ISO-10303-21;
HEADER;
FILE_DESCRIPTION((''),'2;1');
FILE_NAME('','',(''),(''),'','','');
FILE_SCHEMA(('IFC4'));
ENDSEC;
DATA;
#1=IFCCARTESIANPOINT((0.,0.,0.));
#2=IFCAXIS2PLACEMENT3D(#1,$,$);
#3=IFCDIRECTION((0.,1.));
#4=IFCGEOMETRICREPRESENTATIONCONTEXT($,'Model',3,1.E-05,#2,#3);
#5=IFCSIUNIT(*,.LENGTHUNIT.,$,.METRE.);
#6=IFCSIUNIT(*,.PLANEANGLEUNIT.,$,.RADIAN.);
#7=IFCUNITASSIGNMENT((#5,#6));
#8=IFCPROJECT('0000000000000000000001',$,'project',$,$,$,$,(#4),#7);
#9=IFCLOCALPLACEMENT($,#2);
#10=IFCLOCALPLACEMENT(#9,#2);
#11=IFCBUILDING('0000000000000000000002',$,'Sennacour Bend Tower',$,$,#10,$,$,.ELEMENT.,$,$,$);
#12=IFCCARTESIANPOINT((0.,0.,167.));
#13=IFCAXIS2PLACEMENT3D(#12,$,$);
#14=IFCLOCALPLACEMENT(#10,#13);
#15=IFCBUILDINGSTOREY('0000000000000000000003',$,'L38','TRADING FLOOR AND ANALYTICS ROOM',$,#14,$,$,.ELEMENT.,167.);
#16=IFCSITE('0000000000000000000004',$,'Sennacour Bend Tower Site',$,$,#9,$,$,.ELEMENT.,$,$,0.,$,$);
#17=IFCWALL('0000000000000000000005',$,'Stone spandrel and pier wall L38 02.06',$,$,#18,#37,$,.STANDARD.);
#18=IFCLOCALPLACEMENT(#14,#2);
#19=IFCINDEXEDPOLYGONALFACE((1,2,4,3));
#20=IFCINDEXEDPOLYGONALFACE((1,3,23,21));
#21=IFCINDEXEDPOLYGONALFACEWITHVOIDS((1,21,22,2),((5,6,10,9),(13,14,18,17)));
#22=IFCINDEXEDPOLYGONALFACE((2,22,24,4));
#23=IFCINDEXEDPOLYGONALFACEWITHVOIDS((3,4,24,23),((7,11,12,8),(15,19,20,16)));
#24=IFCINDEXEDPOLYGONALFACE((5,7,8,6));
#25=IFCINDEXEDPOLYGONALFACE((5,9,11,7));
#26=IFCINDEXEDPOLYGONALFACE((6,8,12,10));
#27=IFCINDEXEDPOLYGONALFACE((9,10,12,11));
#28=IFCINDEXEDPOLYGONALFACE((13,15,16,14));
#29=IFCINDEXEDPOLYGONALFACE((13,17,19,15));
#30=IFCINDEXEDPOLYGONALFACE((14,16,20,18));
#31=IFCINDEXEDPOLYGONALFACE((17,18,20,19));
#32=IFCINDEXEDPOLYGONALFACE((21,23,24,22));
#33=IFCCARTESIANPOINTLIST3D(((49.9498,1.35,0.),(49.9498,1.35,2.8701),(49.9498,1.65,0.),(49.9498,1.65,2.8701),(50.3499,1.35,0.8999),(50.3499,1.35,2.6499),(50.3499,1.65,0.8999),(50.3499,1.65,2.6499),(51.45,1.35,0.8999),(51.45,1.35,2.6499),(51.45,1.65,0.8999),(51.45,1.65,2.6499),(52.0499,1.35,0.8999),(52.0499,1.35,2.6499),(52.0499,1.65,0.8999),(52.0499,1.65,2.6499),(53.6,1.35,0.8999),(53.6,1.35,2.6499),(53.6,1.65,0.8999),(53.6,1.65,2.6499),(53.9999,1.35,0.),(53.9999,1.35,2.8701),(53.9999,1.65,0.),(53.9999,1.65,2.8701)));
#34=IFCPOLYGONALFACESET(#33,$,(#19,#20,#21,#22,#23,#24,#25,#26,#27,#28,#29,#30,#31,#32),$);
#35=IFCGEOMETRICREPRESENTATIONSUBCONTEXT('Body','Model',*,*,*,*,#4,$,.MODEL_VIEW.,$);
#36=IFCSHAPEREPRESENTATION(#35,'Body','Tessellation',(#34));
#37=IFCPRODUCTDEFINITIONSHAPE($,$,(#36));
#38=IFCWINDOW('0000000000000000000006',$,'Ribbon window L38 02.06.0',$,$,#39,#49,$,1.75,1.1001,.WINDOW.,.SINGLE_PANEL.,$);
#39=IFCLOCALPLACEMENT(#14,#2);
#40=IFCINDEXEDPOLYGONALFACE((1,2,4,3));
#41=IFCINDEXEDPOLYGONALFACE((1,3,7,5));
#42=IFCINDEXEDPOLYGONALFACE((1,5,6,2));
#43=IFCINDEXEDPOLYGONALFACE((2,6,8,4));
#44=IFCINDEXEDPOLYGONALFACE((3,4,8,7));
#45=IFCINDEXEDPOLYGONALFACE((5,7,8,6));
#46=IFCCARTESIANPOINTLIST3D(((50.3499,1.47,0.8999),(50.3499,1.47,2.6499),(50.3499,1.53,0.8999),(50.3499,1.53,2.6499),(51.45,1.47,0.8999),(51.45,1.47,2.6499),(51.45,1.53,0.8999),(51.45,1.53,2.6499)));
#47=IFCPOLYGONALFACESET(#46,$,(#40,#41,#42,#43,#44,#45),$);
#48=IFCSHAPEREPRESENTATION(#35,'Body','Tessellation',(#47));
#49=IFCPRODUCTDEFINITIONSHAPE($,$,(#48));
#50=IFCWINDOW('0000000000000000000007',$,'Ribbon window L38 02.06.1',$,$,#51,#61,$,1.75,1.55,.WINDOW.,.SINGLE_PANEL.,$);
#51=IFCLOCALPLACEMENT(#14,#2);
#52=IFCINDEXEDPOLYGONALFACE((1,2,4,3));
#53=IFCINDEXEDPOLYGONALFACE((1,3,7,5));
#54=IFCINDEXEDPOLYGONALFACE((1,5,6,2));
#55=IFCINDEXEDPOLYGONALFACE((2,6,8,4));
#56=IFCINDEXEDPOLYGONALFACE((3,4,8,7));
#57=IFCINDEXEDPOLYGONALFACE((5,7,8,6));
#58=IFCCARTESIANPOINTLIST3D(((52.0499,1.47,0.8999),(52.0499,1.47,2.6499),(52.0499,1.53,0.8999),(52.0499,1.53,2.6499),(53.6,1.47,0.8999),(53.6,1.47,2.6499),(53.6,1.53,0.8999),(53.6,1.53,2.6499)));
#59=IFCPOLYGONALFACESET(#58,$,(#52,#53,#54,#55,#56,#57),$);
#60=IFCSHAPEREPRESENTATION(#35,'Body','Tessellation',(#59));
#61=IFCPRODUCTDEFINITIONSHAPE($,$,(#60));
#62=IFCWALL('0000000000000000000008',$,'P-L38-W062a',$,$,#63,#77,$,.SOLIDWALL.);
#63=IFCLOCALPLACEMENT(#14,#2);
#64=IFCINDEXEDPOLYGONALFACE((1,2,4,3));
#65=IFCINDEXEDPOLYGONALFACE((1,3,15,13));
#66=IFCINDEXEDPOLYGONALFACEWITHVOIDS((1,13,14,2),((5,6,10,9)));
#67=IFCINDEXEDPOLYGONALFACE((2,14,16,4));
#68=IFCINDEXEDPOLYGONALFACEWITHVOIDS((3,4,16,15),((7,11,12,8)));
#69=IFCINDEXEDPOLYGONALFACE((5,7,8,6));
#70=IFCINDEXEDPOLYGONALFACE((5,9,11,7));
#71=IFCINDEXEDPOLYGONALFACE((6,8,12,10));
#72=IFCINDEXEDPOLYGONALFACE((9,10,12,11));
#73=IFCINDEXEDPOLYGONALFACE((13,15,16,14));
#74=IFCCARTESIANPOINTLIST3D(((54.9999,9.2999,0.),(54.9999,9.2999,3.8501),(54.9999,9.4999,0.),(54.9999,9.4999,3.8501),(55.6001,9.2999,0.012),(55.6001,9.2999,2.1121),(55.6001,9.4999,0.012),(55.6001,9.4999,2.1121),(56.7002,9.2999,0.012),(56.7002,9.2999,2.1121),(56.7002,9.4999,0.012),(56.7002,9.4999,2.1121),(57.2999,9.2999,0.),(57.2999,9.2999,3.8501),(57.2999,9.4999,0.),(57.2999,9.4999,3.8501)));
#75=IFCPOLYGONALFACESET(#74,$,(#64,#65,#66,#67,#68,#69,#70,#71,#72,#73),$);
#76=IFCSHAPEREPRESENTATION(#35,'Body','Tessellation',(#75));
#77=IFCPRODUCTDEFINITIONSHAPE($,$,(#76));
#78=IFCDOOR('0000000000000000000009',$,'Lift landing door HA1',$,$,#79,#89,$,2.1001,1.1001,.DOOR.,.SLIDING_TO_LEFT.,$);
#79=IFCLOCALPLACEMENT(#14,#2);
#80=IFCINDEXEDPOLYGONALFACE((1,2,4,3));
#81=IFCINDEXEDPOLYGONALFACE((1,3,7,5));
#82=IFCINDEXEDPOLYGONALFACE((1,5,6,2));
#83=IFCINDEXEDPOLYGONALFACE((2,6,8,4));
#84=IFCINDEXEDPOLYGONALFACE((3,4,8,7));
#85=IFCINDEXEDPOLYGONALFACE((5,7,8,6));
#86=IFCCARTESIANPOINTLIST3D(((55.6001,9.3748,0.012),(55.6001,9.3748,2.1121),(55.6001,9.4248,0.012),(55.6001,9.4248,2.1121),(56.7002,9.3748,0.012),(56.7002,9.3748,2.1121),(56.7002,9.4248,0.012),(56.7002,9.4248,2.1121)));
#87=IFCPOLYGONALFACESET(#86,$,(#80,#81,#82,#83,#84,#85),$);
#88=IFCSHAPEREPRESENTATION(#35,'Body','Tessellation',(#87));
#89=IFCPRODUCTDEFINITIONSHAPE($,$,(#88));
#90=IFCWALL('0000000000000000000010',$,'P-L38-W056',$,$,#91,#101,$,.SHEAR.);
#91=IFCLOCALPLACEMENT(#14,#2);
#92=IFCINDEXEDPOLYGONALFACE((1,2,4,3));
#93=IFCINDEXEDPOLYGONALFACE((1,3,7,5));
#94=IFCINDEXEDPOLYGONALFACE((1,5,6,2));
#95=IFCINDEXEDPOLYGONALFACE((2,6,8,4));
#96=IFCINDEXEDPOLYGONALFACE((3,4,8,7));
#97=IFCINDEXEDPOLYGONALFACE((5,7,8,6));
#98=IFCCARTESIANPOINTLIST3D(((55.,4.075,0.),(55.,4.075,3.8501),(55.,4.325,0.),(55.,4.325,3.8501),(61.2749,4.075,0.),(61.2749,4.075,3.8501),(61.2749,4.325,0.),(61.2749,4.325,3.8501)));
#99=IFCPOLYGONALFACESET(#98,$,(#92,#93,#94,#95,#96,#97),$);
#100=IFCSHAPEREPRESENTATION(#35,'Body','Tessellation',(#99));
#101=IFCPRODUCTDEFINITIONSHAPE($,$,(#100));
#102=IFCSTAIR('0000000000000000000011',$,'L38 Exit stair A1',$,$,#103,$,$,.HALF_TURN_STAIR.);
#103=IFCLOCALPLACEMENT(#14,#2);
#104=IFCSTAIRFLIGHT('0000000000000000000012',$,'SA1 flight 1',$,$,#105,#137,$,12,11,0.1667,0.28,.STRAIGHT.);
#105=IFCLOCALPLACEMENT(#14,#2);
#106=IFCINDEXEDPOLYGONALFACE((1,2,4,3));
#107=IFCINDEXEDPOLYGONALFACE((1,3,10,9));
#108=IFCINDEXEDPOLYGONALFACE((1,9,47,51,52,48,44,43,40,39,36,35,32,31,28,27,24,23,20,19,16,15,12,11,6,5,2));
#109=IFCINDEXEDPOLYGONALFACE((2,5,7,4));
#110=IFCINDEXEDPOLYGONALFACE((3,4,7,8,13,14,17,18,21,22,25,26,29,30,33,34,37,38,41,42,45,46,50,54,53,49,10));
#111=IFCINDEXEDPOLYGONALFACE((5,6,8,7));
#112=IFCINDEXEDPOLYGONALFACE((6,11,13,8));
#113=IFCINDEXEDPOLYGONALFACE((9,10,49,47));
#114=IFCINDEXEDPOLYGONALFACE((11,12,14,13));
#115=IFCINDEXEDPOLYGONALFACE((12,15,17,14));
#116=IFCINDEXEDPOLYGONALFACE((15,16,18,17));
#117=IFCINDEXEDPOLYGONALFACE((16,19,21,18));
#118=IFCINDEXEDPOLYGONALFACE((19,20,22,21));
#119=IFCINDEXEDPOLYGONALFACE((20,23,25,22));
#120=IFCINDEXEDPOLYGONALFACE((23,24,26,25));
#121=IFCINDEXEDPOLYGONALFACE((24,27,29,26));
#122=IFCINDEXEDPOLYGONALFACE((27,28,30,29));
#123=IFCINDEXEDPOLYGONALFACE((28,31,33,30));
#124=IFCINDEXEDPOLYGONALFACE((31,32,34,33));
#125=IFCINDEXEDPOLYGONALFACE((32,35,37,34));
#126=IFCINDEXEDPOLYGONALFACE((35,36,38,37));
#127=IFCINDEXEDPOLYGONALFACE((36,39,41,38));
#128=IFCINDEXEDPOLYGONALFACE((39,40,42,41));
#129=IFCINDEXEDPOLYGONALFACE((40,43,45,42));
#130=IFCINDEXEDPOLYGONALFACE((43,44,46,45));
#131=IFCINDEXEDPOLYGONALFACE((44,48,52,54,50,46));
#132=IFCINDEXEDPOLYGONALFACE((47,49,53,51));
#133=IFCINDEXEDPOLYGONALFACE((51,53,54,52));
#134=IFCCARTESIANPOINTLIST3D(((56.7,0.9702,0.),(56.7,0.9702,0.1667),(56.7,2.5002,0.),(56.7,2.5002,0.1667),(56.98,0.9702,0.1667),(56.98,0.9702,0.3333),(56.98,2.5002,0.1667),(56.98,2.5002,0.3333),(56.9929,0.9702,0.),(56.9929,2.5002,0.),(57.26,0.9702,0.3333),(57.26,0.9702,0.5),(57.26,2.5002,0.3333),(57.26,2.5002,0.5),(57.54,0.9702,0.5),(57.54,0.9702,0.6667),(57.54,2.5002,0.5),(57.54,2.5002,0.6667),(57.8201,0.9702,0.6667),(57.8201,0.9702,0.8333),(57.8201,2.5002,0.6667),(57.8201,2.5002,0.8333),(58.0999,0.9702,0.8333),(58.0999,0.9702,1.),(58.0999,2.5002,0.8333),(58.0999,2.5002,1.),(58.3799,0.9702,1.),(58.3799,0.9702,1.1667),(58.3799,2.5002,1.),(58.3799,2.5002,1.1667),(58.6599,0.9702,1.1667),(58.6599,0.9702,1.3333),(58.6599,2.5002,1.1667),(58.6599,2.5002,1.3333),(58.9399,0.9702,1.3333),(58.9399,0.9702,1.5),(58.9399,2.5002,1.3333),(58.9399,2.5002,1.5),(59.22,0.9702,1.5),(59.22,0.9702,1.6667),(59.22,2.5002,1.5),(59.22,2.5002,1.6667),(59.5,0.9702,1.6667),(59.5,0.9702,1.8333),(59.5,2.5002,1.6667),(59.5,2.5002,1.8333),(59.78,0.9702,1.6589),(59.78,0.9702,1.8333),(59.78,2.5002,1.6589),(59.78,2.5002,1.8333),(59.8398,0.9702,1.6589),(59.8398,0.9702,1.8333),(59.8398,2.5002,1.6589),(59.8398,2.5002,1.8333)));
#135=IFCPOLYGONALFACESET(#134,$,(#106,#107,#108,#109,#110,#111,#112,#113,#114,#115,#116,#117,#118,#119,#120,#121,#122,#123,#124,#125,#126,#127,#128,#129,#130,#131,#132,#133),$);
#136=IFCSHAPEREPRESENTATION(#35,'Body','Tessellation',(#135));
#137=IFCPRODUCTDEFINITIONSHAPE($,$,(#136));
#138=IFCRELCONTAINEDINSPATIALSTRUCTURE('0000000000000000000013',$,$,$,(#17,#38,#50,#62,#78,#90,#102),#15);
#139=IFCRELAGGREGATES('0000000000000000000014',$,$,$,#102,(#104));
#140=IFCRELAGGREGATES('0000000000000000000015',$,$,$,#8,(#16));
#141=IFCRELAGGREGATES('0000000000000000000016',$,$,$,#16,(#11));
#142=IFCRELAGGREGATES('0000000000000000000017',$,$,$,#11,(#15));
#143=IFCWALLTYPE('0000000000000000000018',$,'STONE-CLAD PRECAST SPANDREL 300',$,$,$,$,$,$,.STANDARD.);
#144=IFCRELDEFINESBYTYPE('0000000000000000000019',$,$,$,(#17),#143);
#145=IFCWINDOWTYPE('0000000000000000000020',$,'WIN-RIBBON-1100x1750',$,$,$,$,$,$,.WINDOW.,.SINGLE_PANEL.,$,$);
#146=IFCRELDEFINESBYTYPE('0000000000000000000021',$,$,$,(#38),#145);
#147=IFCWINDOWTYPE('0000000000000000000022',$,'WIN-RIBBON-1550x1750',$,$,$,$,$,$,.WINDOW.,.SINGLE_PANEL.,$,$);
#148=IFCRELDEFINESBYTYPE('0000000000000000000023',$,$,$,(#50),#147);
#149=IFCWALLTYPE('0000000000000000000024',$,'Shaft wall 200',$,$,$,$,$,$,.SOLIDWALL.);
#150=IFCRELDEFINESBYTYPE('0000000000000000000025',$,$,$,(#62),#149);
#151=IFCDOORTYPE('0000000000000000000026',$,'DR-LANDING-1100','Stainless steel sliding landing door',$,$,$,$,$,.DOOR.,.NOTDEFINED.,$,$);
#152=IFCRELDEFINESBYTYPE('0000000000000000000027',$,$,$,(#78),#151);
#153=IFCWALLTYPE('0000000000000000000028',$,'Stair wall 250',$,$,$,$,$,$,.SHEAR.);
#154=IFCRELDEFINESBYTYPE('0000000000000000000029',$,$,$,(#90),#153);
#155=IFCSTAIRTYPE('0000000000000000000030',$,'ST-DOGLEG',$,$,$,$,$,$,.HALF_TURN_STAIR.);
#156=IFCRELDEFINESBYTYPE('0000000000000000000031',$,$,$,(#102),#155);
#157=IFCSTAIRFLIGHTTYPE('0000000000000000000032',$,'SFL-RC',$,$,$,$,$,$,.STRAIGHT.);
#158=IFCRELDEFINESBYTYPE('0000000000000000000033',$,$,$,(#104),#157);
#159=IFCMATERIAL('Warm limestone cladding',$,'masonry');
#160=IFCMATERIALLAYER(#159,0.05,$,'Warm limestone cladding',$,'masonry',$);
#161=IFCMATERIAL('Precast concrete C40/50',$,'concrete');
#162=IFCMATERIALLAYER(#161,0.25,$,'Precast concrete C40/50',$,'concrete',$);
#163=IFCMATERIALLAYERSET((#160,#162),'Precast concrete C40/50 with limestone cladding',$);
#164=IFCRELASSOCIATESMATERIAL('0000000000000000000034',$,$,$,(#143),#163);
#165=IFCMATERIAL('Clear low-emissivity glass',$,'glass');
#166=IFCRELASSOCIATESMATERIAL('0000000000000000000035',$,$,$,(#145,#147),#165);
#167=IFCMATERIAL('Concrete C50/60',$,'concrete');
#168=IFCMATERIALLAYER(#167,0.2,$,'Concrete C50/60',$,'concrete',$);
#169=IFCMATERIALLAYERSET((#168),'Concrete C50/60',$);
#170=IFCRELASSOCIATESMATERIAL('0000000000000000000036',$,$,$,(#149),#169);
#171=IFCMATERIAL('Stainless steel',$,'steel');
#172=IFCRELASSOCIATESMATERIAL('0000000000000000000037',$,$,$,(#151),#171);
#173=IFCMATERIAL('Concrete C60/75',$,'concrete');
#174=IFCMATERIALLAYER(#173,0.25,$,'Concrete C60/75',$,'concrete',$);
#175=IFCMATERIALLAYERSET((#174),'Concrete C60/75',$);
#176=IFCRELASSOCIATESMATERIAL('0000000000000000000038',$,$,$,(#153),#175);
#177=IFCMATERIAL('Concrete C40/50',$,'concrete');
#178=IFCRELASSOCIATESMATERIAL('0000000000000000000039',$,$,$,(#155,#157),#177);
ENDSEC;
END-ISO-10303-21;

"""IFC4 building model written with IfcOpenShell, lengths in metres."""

from ifc_helpers import new_model, si_unit, direction, frame, frame_2d, origin, place, context, subcontext, project, spatial, polyline, rectangle, outline, extrude, material, layer, layer_set, type_object, element, fill, aggregate, save


model = new_model("IFC4")

# Units and contexts
model_context = context("Model", 3, precision=1e-05, world=origin(), true_north=direction((0.0, 1.0)))
body_context = subcontext(model_context, "Body", "Model", "MODEL_VIEW")
ifc_project = project(units=[si_unit("LENGTHUNIT", "METRE"), si_unit("PLANEANGLEUNIT", "RADIAN")], contexts=[model_context])

# Site, building, storey
site_placement = place(None, origin())
site = spatial("IfcSite", under=ifc_project, at=site_placement, Name="Sennacour Bend Tower Site", CompositionType="ELEMENT", RefElevation=0.0)
building_placement = place(site_placement, origin())
building = spatial("IfcBuilding", under=site, at=building_placement, Name="Sennacour Bend Tower", CompositionType="ELEMENT")
storey_placement = place(building_placement, frame((0.0, 0.0, 167.0)))
storey = spatial("IfcBuildingStorey", under=building, at=storey_placement, Name="L38", Description="TRADING FLOOR AND ANALYTICS ROOM", CompositionType="ELEMENT", Elevation=167.0)

# Shared definitions
ifc_material_1 = material(Name="Concrete C60/75", Category="concrete")

# Wall, openings, windows
ifc_material_2 = material(Name="Warm limestone cladding", Category="masonry")
ifc_layer_1 = layer(ifc_material_2, 0.05, Name="Warm limestone cladding", Category="masonry")
ifc_material_3 = material(Name="Precast concrete C40/50", Category="concrete")
ifc_layer_2 = layer(ifc_material_3, 0.25, Name="Precast concrete C40/50", Category="concrete")
ifc_layer_set_1 = layer_set([ifc_layer_1, ifc_layer_2], Name="Precast concrete C40/50 with limestone cladding")
wall_type_1 = type_object("IfcWallType", Name="STONE-CLAD PRECAST SPANDREL 300", PredefinedType="STANDARD", material=ifc_layer_set_1)
wall_1_placement = place(storey_placement, frame((49.95, 1.5, 0.0), z_axis=(0.0, 0.0, 1.0), x_axis=(1.0, 0.0, 0.0)))
wall_1 = element("IfcWall", 1, at=wall_1_placement, inside=storey, type_object=wall_type_1, Name="Stone spandrel and pier wall L38 02.06", PredefinedType="STANDARD", context=body_context, shape_type="SweptSolid", body=[
    extrude(rectangle(XDim=4.05, YDim=0.3, at=frame_2d((2.0249, 0.0))), origin(), (0.0, 0.0, 1.0), 2.8701),
])
opening_1_placement = place(wall_1_placement, frame((0.3999, 0.0, 0.8999)))
opening_1 = element("IfcOpeningElement", 2, at=opening_1_placement, cuts=wall_1, PredefinedType="OPENING", context=body_context, shape_type="SweptSolid", body=[
    extrude(rectangle(XDim=1.1001, YDim=1.75, at=frame_2d((0.55, 0.875))), frame((0.0, 0.1602, 0.0), z_axis=(0.0, -1.0, 0.0), x_axis=(1.0, 0.0, 0.0)), (0.0, 0.0, 1.0), 0.3201),
])
opening_2_placement = place(wall_1_placement, frame((2.1001, 0.0, 0.8999)))
opening_2 = element("IfcOpeningElement", 3, at=opening_2_placement, cuts=wall_1, PredefinedType="OPENING", context=body_context, shape_type="SweptSolid", body=[
    extrude(rectangle(XDim=1.55, YDim=1.75, at=frame_2d((0.7749, 0.875))), frame((0.0, 0.1602, 0.0), z_axis=(0.0, -1.0, 0.0), x_axis=(1.0, 0.0, 0.0)), (0.0, 0.0, 1.0), 0.3201),
])
ifc_material_4 = material(Name="Clear low-emissivity glass", Category="glass")
window_type_1 = type_object("IfcWindowType", Name="WIN-RIBBON-1100x1750", PartitioningType="SINGLE_PANEL", PredefinedType="WINDOW", material=ifc_material_4)
window_1_placement = place(opening_1_placement, origin())
window_1 = element("IfcWindow", 4, at=window_1_placement, inside=storey, type_object=window_type_1, Name="Ribbon window L38 02.06.0", OverallHeight=1.75, OverallWidth=1.1001, PartitioningType="SINGLE_PANEL", PredefinedType="WINDOW", context=body_context, shape_type="SweptSolid", body=[
    extrude(rectangle(XDim=1.1001, YDim=1.75, at=frame_2d((0.55, 0.875))), frame((0.0, 0.03, 0.0), z_axis=(0.0, -1.0, 0.0), x_axis=(1.0, 0.0, 0.0)), (0.0, 0.0, 1.0), 0.0601),
])
fill(opening_1, window_1)
window_type_2 = type_object("IfcWindowType", Name="WIN-RIBBON-1550x1750", PartitioningType="SINGLE_PANEL", PredefinedType="WINDOW", material=ifc_material_4)
window_2_placement = place(opening_2_placement, origin())
window_2 = element("IfcWindow", 5, at=window_2_placement, inside=storey, type_object=window_type_2, Name="Ribbon window L38 02.06.1", OverallHeight=1.75, OverallWidth=1.55, PartitioningType="SINGLE_PANEL", PredefinedType="WINDOW", context=body_context, shape_type="SweptSolid", body=[
    extrude(rectangle(XDim=1.55, YDim=1.75, at=frame_2d((0.7749, 0.875))), frame((0.0, 0.03, 0.0), z_axis=(0.0, -1.0, 0.0), x_axis=(1.0, 0.0, 0.0)), (0.0, 0.0, 1.0), 0.0601),
])
fill(opening_2, window_2)

# Wall, opening, door
ifc_material_5 = material(Name="Concrete C50/60", Category="concrete")
ifc_layer_3 = layer(ifc_material_5, 0.2, Name="Concrete C50/60", Category="concrete")
ifc_layer_set_2 = layer_set([ifc_layer_3], Name="Concrete C50/60")
wall_type_2 = type_object("IfcWallType", Name="Shaft wall 200", PredefinedType="SOLIDWALL", material=ifc_layer_set_2)
wall_2_placement = place(storey_placement, frame((55.0, 9.3999, 0.0), z_axis=(0.0, 0.0, 1.0), x_axis=(1.0, 0.0, 0.0)))
wall_2 = element("IfcWall", 6, at=wall_2_placement, inside=storey, type_object=wall_type_2, Name="P-L38-W062a", PredefinedType="SOLIDWALL", context=body_context, shape_type="SweptSolid", body=[
    extrude(rectangle(XDim=2.3, YDim=0.2, at=frame_2d((1.1499, 0.0))), origin(), (0.0, 0.0, 1.0), 3.8501),
])
opening_3_placement = place(wall_2_placement, frame((0.6001, 0.0, 0.012)))
opening_3 = element("IfcOpeningElement", 7, at=opening_3_placement, cuts=wall_2, PredefinedType="OPENING", context=body_context, shape_type="SweptSolid", body=[
    extrude(rectangle(XDim=1.1001, YDim=2.1001, at=frame_2d((0.55, 1.05))), frame((0.0, 0.1099, 0.0), z_axis=(0.0, -1.0, 0.0), x_axis=(1.0, 0.0, 0.0)), (0.0, 0.0, 1.0), 0.22),
])
ifc_material_6 = material(Name="Stainless steel", Category="steel")
door_type_1 = type_object("IfcDoorType", Name="DR-LANDING-1100", Description="Stainless steel sliding landing door", OperationType="NOTDEFINED", PredefinedType="DOOR", material=ifc_material_6)
door_1_placement = place(opening_3_placement, origin())
door_1 = element("IfcDoor", 8, at=door_1_placement, inside=storey, type_object=door_type_1, Name="Lift landing door HA1", OperationType="SLIDING_TO_LEFT", OverallHeight=2.1001, OverallWidth=1.1001, PredefinedType="DOOR", context=body_context, shape_type="SweptSolid", body=[
    extrude(rectangle(XDim=1.1001, YDim=2.1001, at=frame_2d((0.55, 1.05))), frame((0.0, 0.0249, 0.0), z_axis=(0.0, -1.0, 0.0), x_axis=(1.0, 0.0, 0.0)), (0.0, 0.0, 1.0), 0.05),
])
fill(opening_3, door_1)

# Wall
ifc_layer_4 = layer(ifc_material_1, 0.25, Name="Concrete C60/75", Category="concrete")
ifc_layer_set_3 = layer_set([ifc_layer_4], Name="Concrete C60/75")
wall_type_3 = type_object("IfcWallType", Name="Stair wall 250", PredefinedType="SHEAR", material=ifc_layer_set_3)
wall_3_placement = place(storey_placement, frame((55.0, 4.2, 0.0), z_axis=(0.0, 0.0, 1.0), x_axis=(1.0, 0.0, 0.0)))
element("IfcWall", 9, at=wall_3_placement, inside=storey, type_object=wall_type_3, Name="P-L38-W056", PredefinedType="SHEAR", context=body_context, shape_type="SweptSolid", body=[
    extrude(rectangle(XDim=6.2749, YDim=0.25, at=frame_2d((3.1375, 0.0))), origin(), (0.0, 0.0, 1.0), 3.8501),
])

# Stair, stair flight
ifc_material_7 = material(Name="Concrete C40/50", Category="concrete")
stair_type = type_object("IfcStairType", Name="ST-DOGLEG", PredefinedType="HALF_TURN_STAIR", material=ifc_material_7)
stair_placement = place(storey_placement, origin())
stair = element("IfcStair", 10, at=stair_placement, inside=storey, type_object=stair_type, Name="L38 Exit stair A1", PredefinedType="HALF_TURN_STAIR")
stair_flight_type = type_object("IfcStairFlightType", Name="SFL-RC", PredefinedType="STRAIGHT", material=ifc_material_7)
stair_flight_placement = place(storey_placement, frame((56.7, 1.7351, 0.0), z_axis=(0.0, 0.0, 1.0), x_axis=(1.0, 0.0, 0.0)))
stair_flight = element("IfcStairFlight", 11, at=stair_flight_placement, type_object=stair_flight_type, Name="SA1 flight 1", NumberOfRisers=12, NumberOfTreads=11, PredefinedType="STRAIGHT", RiserHeight=0.1667, TreadLength=0.28, context=body_context, shape_type="SweptSolid", body=[
    extrude(outline(polyline([(0.0, 0.0), (0.0, 0.1667), (0.28, 0.1667), (0.28, 0.3333), (0.5601, 0.3333), (0.5601, 0.5), (0.8401, 0.5), (0.8401, 0.6667), (1.1201, 0.6667), (1.1201, 0.8333), (1.3999, 0.8333), (1.3999, 1.0), (1.6799, 1.0), (1.6799, 1.1667), (1.96, 1.1667), (1.96, 1.3333), (2.24, 1.3333), (2.24, 1.5), (2.52, 1.5), (2.52, 1.6667), (2.8, 1.6667), (2.8, 1.8333), (3.0801, 1.8333), (3.1399, 1.8333), (3.1399, 1.6589), (3.0801, 1.6589), (0.293, 0.0), (0.0, 0.0)])), frame((0.0, 0.7651, 0.0), z_axis=(0.0, -1.0, 0.0), x_axis=(1.0, 0.0, 0.0)), (0.0, 0.0, 1.0), 1.53),
])
aggregate(stair, [stair_flight])

save(model, "model.ifc")
